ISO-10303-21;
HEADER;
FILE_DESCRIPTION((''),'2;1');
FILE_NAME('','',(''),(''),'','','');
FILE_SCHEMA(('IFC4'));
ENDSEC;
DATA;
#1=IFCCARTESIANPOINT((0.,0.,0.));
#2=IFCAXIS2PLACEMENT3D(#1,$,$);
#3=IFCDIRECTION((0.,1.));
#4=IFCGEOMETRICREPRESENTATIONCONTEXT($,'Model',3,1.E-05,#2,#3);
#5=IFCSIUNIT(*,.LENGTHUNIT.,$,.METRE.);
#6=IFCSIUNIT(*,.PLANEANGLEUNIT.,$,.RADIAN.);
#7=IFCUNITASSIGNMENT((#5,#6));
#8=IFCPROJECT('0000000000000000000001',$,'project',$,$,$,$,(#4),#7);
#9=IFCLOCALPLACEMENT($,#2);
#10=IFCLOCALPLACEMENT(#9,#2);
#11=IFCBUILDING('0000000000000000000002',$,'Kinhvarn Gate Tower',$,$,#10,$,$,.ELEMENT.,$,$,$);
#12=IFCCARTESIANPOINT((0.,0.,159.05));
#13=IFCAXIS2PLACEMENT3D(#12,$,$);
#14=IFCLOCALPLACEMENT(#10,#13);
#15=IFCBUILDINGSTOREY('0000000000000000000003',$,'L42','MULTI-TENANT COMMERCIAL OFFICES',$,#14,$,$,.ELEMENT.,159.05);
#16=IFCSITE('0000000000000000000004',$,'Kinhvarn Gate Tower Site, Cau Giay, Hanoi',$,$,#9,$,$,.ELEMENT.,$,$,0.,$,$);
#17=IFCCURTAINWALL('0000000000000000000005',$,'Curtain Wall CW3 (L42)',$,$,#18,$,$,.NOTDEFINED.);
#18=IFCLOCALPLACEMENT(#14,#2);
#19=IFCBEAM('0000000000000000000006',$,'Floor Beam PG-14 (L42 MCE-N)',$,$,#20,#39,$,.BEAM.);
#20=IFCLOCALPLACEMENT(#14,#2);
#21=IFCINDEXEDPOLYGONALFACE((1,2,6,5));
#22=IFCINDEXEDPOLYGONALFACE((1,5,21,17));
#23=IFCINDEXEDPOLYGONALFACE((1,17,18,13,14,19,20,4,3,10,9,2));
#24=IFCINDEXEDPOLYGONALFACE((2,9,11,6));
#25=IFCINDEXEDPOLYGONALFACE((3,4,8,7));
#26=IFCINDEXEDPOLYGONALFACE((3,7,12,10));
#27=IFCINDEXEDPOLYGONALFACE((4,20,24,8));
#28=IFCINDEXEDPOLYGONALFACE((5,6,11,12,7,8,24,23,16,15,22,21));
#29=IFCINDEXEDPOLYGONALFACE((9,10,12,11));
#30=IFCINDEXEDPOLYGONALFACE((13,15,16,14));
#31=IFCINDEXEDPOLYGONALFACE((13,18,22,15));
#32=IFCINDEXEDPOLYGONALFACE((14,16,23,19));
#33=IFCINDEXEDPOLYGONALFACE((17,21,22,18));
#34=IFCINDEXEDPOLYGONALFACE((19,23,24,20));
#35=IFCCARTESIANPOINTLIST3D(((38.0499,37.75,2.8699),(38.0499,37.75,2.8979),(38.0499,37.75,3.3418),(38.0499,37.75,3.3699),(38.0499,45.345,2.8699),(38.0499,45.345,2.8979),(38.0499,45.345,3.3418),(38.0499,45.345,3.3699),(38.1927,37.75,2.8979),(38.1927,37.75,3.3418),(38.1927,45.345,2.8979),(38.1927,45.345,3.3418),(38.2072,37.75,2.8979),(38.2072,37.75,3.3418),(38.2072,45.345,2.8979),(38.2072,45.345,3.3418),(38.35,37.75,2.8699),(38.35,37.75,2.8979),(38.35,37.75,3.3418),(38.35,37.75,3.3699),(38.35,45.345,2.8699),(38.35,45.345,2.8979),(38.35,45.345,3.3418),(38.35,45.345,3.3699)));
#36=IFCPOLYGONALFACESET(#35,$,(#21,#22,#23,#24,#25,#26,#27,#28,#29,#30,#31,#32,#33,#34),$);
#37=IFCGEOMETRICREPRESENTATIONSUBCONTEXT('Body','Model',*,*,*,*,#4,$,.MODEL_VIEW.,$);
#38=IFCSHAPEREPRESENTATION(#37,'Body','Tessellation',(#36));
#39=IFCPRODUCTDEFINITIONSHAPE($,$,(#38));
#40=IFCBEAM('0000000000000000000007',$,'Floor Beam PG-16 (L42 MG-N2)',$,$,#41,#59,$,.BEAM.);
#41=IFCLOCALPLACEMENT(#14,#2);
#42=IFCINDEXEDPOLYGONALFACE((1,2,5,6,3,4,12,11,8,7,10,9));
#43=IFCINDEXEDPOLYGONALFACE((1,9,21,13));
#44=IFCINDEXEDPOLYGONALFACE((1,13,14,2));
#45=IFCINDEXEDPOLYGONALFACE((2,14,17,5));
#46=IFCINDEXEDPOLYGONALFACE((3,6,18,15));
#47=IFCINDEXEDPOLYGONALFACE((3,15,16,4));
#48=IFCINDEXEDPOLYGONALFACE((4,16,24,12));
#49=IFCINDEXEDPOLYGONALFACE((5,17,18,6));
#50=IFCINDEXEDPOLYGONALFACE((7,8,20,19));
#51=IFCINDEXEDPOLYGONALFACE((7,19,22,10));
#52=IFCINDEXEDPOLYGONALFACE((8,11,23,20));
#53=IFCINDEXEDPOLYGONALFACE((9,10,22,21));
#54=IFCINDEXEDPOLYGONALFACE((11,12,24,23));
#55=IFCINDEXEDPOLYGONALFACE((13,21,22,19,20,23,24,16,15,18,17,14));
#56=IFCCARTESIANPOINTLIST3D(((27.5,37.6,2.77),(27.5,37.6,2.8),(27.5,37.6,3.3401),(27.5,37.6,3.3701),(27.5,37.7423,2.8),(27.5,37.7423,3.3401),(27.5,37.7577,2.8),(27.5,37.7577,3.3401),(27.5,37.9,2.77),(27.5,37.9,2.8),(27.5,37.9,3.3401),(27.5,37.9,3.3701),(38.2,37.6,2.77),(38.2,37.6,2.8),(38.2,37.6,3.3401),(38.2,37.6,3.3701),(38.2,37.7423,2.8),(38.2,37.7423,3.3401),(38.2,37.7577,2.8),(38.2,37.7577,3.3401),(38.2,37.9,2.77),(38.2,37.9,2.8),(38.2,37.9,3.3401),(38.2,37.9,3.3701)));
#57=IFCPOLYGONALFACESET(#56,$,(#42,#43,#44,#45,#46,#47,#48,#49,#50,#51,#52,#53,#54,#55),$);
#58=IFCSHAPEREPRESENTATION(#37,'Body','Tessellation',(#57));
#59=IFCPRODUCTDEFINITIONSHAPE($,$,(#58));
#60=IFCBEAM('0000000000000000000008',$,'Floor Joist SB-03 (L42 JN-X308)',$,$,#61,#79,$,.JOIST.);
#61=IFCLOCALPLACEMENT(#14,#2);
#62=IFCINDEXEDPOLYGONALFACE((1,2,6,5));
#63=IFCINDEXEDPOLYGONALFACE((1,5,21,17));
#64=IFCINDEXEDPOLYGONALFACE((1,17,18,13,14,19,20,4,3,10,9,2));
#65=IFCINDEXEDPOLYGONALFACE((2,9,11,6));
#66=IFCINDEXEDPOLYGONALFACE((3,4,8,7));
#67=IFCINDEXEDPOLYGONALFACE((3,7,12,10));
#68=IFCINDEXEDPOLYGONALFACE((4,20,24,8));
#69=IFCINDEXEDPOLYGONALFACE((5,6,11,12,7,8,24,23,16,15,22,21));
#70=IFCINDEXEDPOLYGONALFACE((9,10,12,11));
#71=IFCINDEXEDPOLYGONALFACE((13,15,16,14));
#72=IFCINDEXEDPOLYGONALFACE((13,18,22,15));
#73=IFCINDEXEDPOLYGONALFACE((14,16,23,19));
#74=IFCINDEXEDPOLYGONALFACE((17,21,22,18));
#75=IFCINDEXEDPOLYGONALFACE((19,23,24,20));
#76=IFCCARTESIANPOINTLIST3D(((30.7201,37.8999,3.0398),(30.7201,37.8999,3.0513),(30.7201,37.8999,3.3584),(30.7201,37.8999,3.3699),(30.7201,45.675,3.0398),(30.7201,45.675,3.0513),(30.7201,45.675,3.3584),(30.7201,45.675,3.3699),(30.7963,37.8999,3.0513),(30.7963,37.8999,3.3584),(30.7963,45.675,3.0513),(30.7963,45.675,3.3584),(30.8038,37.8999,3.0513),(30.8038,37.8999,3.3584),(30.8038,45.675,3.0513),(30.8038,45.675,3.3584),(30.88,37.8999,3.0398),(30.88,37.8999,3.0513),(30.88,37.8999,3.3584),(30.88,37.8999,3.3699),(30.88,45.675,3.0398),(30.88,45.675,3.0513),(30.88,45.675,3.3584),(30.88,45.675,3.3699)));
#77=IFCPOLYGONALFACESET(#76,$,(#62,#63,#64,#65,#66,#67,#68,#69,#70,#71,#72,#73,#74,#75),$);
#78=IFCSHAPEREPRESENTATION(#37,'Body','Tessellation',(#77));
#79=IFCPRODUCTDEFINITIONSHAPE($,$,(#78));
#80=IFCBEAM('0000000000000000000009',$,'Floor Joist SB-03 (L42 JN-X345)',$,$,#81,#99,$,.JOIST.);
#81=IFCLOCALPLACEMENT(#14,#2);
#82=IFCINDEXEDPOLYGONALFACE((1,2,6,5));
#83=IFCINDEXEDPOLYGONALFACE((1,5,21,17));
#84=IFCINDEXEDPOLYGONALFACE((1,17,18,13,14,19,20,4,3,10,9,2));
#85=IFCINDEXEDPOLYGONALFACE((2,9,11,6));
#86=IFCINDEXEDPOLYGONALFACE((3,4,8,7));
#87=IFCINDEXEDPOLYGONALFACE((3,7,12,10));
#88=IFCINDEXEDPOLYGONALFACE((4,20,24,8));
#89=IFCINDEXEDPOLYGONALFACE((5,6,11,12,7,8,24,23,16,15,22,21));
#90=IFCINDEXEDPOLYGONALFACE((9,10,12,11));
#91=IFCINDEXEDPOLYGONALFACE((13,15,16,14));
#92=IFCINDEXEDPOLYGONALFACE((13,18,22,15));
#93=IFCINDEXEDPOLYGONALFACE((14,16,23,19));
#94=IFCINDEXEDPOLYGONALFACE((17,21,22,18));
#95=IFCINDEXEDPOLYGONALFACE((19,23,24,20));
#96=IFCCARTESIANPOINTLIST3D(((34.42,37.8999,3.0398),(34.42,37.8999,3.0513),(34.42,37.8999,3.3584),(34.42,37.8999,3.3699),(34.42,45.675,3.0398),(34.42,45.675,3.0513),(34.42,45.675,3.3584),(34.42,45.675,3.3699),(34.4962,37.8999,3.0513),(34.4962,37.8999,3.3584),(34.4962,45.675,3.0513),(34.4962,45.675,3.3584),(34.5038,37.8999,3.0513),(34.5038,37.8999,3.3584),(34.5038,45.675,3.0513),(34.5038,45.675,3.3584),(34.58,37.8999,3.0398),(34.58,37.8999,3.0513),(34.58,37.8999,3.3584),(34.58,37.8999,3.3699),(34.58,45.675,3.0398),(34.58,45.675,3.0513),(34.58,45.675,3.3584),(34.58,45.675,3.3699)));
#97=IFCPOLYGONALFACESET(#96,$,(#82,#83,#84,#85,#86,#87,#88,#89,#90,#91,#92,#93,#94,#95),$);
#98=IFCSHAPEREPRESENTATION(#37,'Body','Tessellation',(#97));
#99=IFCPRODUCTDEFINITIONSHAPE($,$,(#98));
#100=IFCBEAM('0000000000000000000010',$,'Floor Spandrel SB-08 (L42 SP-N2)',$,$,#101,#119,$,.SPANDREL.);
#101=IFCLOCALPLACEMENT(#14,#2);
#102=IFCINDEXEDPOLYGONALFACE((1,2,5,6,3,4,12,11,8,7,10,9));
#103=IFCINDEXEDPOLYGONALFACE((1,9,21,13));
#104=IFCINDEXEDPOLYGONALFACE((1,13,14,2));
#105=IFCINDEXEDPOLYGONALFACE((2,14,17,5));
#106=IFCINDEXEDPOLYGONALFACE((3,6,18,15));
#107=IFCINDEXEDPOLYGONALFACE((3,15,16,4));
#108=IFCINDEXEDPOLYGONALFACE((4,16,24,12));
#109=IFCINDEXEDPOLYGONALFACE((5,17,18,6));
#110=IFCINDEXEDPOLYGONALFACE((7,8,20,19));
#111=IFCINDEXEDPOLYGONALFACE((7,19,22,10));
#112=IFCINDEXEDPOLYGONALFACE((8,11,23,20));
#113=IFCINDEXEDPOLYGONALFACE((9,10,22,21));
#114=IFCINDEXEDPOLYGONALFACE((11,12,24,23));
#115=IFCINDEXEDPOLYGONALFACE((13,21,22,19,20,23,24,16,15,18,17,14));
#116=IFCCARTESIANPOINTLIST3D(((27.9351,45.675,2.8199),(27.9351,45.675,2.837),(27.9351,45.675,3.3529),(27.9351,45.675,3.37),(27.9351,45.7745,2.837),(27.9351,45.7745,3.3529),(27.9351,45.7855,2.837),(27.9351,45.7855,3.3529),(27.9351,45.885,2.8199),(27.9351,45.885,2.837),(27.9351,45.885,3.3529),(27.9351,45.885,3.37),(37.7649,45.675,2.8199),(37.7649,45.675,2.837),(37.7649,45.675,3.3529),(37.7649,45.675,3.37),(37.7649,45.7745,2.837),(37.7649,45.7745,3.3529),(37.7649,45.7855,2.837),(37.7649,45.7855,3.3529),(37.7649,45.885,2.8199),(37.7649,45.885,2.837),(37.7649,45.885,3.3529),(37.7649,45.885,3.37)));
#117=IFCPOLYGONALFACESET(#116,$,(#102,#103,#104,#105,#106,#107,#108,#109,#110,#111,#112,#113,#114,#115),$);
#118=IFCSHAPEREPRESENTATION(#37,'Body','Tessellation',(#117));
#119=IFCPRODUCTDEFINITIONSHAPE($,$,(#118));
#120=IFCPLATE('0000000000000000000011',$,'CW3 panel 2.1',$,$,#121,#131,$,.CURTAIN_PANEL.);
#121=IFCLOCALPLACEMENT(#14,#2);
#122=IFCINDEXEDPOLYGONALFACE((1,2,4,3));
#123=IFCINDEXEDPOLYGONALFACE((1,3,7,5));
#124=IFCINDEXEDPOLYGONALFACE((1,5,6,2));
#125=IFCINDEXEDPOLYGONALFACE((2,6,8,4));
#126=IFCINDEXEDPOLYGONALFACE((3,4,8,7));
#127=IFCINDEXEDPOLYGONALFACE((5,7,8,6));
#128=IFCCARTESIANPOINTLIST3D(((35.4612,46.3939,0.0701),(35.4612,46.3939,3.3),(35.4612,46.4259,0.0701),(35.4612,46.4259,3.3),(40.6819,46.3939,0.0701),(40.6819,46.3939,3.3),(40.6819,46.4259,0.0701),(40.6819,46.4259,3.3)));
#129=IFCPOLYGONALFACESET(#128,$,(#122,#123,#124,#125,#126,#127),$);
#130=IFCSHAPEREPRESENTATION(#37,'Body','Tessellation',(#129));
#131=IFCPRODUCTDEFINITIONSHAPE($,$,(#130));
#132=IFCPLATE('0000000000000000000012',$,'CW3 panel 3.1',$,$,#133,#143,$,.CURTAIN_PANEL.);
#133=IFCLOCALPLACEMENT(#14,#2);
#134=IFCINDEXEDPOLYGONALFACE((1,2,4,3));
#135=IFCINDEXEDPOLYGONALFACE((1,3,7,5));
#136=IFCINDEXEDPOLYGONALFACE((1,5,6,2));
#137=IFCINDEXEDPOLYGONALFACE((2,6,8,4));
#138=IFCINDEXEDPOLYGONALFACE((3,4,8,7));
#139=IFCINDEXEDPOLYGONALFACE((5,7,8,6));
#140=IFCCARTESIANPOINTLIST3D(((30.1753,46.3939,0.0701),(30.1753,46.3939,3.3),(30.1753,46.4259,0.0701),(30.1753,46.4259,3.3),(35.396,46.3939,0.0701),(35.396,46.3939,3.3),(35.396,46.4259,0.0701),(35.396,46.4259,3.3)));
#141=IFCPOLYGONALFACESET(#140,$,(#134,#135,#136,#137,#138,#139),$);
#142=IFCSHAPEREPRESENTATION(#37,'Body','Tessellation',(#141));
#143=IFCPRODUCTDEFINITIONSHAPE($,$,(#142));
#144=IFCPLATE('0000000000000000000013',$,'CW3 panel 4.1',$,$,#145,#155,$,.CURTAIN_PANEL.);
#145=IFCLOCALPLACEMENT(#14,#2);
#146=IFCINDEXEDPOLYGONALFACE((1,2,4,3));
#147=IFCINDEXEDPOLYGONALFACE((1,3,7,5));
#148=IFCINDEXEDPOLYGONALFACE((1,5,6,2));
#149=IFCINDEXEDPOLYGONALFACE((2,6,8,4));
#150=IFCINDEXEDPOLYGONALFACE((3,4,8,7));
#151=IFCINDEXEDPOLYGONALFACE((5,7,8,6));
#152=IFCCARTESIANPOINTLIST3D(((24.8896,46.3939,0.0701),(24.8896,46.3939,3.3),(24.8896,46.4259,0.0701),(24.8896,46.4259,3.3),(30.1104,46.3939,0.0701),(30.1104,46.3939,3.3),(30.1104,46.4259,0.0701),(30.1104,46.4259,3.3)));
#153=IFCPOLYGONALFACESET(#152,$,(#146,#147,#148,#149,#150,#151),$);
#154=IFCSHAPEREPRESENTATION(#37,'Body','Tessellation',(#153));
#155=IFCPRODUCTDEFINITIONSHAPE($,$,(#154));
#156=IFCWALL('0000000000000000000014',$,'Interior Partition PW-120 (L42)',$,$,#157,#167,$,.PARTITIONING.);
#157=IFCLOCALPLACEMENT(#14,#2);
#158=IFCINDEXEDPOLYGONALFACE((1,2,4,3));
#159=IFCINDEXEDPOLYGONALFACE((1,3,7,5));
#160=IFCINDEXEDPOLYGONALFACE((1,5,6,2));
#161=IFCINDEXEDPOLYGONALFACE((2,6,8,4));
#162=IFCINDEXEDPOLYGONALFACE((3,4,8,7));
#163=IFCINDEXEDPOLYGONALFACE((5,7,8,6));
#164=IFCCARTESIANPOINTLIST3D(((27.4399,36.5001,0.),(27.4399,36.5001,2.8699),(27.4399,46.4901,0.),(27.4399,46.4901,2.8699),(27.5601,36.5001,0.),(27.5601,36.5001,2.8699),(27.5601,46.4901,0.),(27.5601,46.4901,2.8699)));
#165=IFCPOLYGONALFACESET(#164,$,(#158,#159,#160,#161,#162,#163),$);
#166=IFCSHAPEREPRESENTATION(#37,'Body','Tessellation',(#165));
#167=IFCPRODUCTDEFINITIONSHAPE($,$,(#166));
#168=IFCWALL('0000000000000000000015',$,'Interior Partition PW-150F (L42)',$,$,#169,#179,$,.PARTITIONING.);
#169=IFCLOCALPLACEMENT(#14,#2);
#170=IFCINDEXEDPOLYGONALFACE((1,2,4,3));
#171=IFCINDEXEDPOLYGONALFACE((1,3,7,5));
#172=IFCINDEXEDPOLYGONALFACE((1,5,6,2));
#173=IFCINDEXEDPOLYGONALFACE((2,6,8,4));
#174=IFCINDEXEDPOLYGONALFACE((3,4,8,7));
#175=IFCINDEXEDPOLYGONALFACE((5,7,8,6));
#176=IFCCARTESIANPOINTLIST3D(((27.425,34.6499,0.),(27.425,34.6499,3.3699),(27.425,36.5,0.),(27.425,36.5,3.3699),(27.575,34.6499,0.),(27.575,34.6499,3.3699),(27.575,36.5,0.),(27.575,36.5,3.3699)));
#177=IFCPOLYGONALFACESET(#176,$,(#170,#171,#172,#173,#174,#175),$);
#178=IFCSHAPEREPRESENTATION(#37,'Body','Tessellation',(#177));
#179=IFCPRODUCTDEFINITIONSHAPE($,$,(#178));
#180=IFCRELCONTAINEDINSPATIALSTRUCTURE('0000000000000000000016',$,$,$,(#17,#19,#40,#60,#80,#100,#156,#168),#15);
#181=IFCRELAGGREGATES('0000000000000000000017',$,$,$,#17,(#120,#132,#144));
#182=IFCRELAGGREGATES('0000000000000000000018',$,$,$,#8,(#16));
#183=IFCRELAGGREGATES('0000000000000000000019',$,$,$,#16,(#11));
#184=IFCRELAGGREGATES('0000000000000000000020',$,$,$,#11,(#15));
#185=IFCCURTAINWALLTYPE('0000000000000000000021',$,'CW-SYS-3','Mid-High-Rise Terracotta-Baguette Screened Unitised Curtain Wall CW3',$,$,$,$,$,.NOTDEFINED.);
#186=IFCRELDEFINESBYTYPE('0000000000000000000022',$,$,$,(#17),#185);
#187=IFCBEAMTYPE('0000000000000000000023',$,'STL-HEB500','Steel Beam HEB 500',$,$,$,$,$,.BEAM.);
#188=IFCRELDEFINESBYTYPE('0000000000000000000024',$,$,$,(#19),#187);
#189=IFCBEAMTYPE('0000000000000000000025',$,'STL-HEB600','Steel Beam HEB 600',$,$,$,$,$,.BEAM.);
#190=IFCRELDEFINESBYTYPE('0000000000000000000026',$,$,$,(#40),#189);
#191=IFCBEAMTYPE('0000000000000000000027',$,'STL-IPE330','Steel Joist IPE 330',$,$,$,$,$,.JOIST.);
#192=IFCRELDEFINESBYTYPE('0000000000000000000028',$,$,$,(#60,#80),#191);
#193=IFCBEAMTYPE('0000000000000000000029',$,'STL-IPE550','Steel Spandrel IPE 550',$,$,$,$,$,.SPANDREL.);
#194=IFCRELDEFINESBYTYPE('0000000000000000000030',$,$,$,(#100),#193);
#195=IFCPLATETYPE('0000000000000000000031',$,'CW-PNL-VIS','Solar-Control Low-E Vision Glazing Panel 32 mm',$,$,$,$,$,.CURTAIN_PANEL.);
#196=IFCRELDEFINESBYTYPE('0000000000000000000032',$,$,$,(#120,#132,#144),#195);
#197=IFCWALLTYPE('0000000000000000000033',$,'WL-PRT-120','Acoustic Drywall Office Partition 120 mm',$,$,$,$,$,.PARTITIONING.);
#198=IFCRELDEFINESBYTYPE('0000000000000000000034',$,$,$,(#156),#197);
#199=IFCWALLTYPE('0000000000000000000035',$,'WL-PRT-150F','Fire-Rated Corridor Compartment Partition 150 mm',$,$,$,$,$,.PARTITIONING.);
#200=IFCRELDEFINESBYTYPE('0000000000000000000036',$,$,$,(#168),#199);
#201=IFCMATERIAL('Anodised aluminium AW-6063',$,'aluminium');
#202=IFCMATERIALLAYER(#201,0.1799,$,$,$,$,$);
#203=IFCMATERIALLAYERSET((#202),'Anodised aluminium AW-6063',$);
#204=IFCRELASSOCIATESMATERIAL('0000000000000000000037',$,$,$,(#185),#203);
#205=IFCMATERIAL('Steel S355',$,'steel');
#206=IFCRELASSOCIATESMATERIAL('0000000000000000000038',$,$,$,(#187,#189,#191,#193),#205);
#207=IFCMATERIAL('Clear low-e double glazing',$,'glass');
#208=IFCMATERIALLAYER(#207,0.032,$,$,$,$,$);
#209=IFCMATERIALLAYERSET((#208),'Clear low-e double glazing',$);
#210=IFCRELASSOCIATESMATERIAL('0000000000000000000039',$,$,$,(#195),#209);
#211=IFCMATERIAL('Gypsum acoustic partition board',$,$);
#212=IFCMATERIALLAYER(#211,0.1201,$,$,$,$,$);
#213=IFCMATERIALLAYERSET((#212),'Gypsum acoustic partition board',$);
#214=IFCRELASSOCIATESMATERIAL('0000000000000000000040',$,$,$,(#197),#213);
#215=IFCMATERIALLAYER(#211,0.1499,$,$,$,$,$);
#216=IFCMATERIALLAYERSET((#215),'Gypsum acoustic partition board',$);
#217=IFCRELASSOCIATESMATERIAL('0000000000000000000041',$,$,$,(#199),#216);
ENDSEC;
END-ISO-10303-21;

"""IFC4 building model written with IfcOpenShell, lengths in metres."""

from ifc_helpers import new_model, si_unit, direction, frame, frame_2d, origin, origin_2d, place, context, subcontext, project, spatial, rectangle, i_section, extrude, material, layer, layer_set, material_profile, profile_set, type_object, element, aggregate, save


model = new_model("IFC4")

# Units and contexts
model_context = context("Model", 3, precision=1e-05, world=origin(), true_north=direction((0.0, 1.0)))
body_context = subcontext(model_context, "Body", "Model", "MODEL_VIEW")
ifc_project = project(units=[si_unit("LENGTHUNIT", "METRE"), si_unit("PLANEANGLEUNIT", "RADIAN")], contexts=[model_context])

# Site, building, storey
site_placement = place(None, origin())
site = spatial("IfcSite", under=ifc_project, at=site_placement, Name="Kinhvarn Gate Tower Site, Cau Giay, Hanoi", CompositionType="ELEMENT", RefElevation=0.0)
building_placement = place(site_placement, origin())
building = spatial("IfcBuilding", under=site, at=building_placement, Name="Kinhvarn Gate Tower", CompositionType="ELEMENT")
storey_placement = place(building_placement, frame((0.0, 0.0, 159.05)))
storey = spatial("IfcBuildingStorey", under=building, at=storey_placement, Name="L42", Description="MULTI-TENANT COMMERCIAL OFFICES", CompositionType="ELEMENT", Elevation=159.05)

# Curtain wall
ifc_material_1 = material(Name="Anodised aluminium AW-6063", Category="aluminium")
ifc_layer_1 = layer(ifc_material_1, 0.1799)
ifc_layer_set_1 = layer_set([ifc_layer_1], Name="Anodised aluminium AW-6063")
curtain_wall_type = type_object("IfcCurtainWallType", Name="CW-SYS-3", Description="Mid-High-Rise Terracotta-Baguette Screened Unitised Curtain Wall CW3", PredefinedType="NOTDEFINED", material=ifc_layer_set_1)
curtain_wall_placement = place(storey_placement, origin())
curtain_wall = element("IfcCurtainWall", 1, at=curtain_wall_placement, inside=storey, type_object=curtain_wall_type, Name="Curtain Wall CW3 (L42)", PredefinedType="NOTDEFINED")

# Beams
ifc_material_2 = material(Name="Steel S355", Category="steel")
ifc_material_profile_1 = material_profile(ifc_material_2, i_section(OverallWidth=0.3, OverallDepth=0.5, WebThickness=0.0144, FlangeThickness=0.0281, at=origin_2d()), Name="HEB 500")
ifc_profile_set_1 = profile_set([ifc_material_profile_1], Name="Steel S355")
beam_type_1 = type_object("IfcBeamType", Name="STL-HEB500", Description="Steel Beam HEB 500", PredefinedType="BEAM", material=ifc_profile_set_1)
for number, where, z_axis, x_axis, name in (
    (2, (38.2, 37.75, 3.1199), (0.0, 1.0, 0.0), (-1.0, 0.0, 0.0), "Floor Beam PG-14 (L42 MCE-N)"),
):
    element("IfcBeam", number, at=place(storey_placement, frame(where, z_axis=z_axis, x_axis=x_axis)), inside=storey, type_object=beam_type_1, Name=name, PredefinedType="BEAM", context=body_context, shape_type="SweptSolid", body=[
        extrude(i_section(OverallWidth=0.3, OverallDepth=0.5, WebThickness=0.0144, FlangeThickness=0.0281, at=origin_2d()), origin(), (0.0, 0.0, 1.0), 7.595),
    ])
ifc_material_profile_2 = material_profile(ifc_material_2, i_section(OverallWidth=0.3, OverallDepth=0.6001, WebThickness=0.0154, FlangeThickness=0.03, at=origin_2d()), Name="HEB 600")
ifc_profile_set_2 = profile_set([ifc_material_profile_2], Name="Steel S355")
beam_type_2 = type_object("IfcBeamType", Name="STL-HEB600", Description="Steel Beam HEB 600", PredefinedType="BEAM", material=ifc_profile_set_2)
beam_1_placement = place(storey_placement, frame((27.5, 37.75, 3.0701), z_axis=(1.0, 0.0, 0.0), x_axis=(0.0, 1.0, 0.0)))
element("IfcBeam", 3, at=beam_1_placement, inside=storey, type_object=beam_type_2, Name="Floor Beam PG-16 (L42 MG-N2)", PredefinedType="BEAM", context=body_context, shape_type="SweptSolid", body=[
    extrude(i_section(OverallWidth=0.3, OverallDepth=0.6001, WebThickness=0.0154, FlangeThickness=0.03, at=origin_2d()), origin(), (0.0, 0.0, 1.0), 10.7),
])
ifc_material_profile_3 = material_profile(ifc_material_2, i_section(OverallWidth=0.1599, OverallDepth=0.3301, WebThickness=0.0076, FlangeThickness=0.0115, at=origin_2d()), Name="IPE 330")
ifc_profile_set_3 = profile_set([ifc_material_profile_3], Name="Steel S355")
beam_type_3 = type_object("IfcBeamType", Name="STL-IPE330", Description="Steel Joist IPE 330", PredefinedType="JOIST", material=ifc_profile_set_3)
for number, where, z_axis, x_axis, name in (
    (4, (30.8, 37.8999, 3.2048), (0.0, 1.0, 0.0), (-1.0, 0.0, 0.0), "Floor Joist SB-03 (L42 JN-X308)"),
    (5, (34.5, 37.8999, 3.2048), (0.0, 1.0, 0.0), (-1.0, 0.0, 0.0), "Floor Joist SB-03 (L42 JN-X345)"),
):
    element("IfcBeam", number, at=place(storey_placement, frame(where, z_axis=z_axis, x_axis=x_axis)), inside=storey, type_object=beam_type_3, Name=name, PredefinedType="JOIST", context=body_context, shape_type="SweptSolid", body=[
        extrude(i_section(OverallWidth=0.1599, OverallDepth=0.3301, WebThickness=0.0076, FlangeThickness=0.0115, at=origin_2d()), origin(), (0.0, 0.0, 1.0), 7.7751),
    ])
ifc_material_profile_4 = material_profile(ifc_material_2, i_section(OverallWidth=0.21, OverallDepth=0.55, WebThickness=0.011, FlangeThickness=0.0171, at=origin_2d()), Name="IPE 550")
ifc_profile_set_4 = profile_set([ifc_material_profile_4], Name="Steel S355")
beam_type_4 = type_object("IfcBeamType", Name="STL-IPE550", Description="Steel Spandrel IPE 550", PredefinedType="SPANDREL", material=ifc_profile_set_4)
beam_2_placement = place(storey_placement, frame((27.9351, 45.78, 3.095), z_axis=(1.0, 0.0, 0.0), x_axis=(0.0, 1.0, 0.0)))
element("IfcBeam", 6, at=beam_2_placement, inside=storey, type_object=beam_type_4, Name="Floor Spandrel SB-08 (L42 SP-N2)", PredefinedType="SPANDREL", context=body_context, shape_type="SweptSolid", body=[
    extrude(i_section(OverallWidth=0.21, OverallDepth=0.55, WebThickness=0.011, FlangeThickness=0.0171, at=origin_2d()), origin(), (0.0, 0.0, 1.0), 9.8298),
])

# Plates
ifc_material_3 = material(Name="Clear low-e double glazing", Category="glass")
ifc_layer_2 = layer(ifc_material_3, 0.032)
ifc_layer_set_2 = layer_set([ifc_layer_2], Name="Clear low-e double glazing")
plate_type = type_object("IfcPlateType", Name="CW-PNL-VIS", Description="Solar-Control Low-E Vision Glazing Panel 32 mm", PredefinedType="CURTAIN_PANEL", material=ifc_layer_set_2)
plate_1_placement = place(storey_placement, frame((38.0715, 46.4099, 0.0701), z_axis=(0.0, 0.0, 1.0), x_axis=(-1.0, 0.0, 0.0)))
plate_1 = element("IfcPlate", 7, at=plate_1_placement, type_object=plate_type, Name="CW3 panel 2.1", PredefinedType="CURTAIN_PANEL", context=body_context, shape_type="SweptSolid", body=[
    extrude(rectangle(XDim=5.2207, YDim=0.032, at=origin_2d()), origin(), (0.0, 0.0, 1.0), 3.23),
])
plate_2_placement = place(storey_placement, frame((32.7856, 46.4099, 0.0701), z_axis=(0.0, 0.0, 1.0), x_axis=(-1.0, 0.0, 0.0)))
plate_2 = element("IfcPlate", 8, at=plate_2_placement, type_object=plate_type, Name="CW3 panel 3.1", PredefinedType="CURTAIN_PANEL", context=body_context, shape_type="SweptSolid", body=[
    extrude(rectangle(XDim=5.2207, YDim=0.032, at=origin_2d()), origin(), (0.0, 0.0, 1.0), 3.23),
])
plate_3_placement = place(storey_placement, frame((27.5, 46.4099, 0.0701), z_axis=(0.0, 0.0, 1.0), x_axis=(-1.0, 0.0, 0.0)))
plate_3 = element("IfcPlate", 9, at=plate_3_placement, type_object=plate_type, Name="CW3 panel 4.1", PredefinedType="CURTAIN_PANEL", context=body_context, shape_type="SweptSolid", body=[
    extrude(rectangle(XDim=5.2207, YDim=0.032, at=origin_2d()), origin(), (0.0, 0.0, 1.0), 3.23),
])
aggregate(curtain_wall, [plate_1, plate_2, plate_3])

# Walls
ifc_material_4 = material(Name="Gypsum acoustic partition board")
ifc_layer_3 = layer(ifc_material_4, 0.1201)
ifc_layer_set_3 = layer_set([ifc_layer_3], Name="Gypsum acoustic partition board")
wall_type_1 = type_object("IfcWallType", Name="WL-PRT-120", Description="Acoustic Drywall Office Partition 120 mm", PredefinedType="PARTITIONING", material=ifc_layer_set_3)
wall_1_placement = place(storey_placement, frame((27.5, 36.5, 0.0), z_axis=(0.0, 0.0, 1.0), x_axis=(0.0, 1.0, 0.0)))
element("IfcWall", 10, at=wall_1_placement, inside=storey, type_object=wall_type_1, Name="Interior Partition PW-120 (L42)", PredefinedType="PARTITIONING", context=body_context, shape_type="SweptSolid", body=[
    extrude(rectangle(XDim=9.99, YDim=0.1201, at=frame_2d((4.9951, 0.0))), origin(), (0.0, 0.0, 1.0), 2.8699),
])
ifc_layer_4 = layer(ifc_material_4, 0.1499)
ifc_layer_set_4 = layer_set([ifc_layer_4], Name="Gypsum acoustic partition board")
wall_type_2 = type_object("IfcWallType", Name="WL-PRT-150F", Description="Fire-Rated Corridor Compartment Partition 150 mm", PredefinedType="PARTITIONING", material=ifc_layer_set_4)
wall_2_placement = place(storey_placement, frame((27.5, 34.6499, 0.0), z_axis=(0.0, 0.0, 1.0), x_axis=(0.0, 1.0, 0.0)))
element("IfcWall", 11, at=wall_2_placement, inside=storey, type_object=wall_type_2, Name="Interior Partition PW-150F (L42)", PredefinedType="PARTITIONING", context=body_context, shape_type="SweptSolid", body=[
    extrude(rectangle(XDim=1.8501, YDim=0.1499, at=frame_2d((0.925, 0.0))), origin(), (0.0, 0.0, 1.0), 3.3699),
])

save(model, "model.ifc")
